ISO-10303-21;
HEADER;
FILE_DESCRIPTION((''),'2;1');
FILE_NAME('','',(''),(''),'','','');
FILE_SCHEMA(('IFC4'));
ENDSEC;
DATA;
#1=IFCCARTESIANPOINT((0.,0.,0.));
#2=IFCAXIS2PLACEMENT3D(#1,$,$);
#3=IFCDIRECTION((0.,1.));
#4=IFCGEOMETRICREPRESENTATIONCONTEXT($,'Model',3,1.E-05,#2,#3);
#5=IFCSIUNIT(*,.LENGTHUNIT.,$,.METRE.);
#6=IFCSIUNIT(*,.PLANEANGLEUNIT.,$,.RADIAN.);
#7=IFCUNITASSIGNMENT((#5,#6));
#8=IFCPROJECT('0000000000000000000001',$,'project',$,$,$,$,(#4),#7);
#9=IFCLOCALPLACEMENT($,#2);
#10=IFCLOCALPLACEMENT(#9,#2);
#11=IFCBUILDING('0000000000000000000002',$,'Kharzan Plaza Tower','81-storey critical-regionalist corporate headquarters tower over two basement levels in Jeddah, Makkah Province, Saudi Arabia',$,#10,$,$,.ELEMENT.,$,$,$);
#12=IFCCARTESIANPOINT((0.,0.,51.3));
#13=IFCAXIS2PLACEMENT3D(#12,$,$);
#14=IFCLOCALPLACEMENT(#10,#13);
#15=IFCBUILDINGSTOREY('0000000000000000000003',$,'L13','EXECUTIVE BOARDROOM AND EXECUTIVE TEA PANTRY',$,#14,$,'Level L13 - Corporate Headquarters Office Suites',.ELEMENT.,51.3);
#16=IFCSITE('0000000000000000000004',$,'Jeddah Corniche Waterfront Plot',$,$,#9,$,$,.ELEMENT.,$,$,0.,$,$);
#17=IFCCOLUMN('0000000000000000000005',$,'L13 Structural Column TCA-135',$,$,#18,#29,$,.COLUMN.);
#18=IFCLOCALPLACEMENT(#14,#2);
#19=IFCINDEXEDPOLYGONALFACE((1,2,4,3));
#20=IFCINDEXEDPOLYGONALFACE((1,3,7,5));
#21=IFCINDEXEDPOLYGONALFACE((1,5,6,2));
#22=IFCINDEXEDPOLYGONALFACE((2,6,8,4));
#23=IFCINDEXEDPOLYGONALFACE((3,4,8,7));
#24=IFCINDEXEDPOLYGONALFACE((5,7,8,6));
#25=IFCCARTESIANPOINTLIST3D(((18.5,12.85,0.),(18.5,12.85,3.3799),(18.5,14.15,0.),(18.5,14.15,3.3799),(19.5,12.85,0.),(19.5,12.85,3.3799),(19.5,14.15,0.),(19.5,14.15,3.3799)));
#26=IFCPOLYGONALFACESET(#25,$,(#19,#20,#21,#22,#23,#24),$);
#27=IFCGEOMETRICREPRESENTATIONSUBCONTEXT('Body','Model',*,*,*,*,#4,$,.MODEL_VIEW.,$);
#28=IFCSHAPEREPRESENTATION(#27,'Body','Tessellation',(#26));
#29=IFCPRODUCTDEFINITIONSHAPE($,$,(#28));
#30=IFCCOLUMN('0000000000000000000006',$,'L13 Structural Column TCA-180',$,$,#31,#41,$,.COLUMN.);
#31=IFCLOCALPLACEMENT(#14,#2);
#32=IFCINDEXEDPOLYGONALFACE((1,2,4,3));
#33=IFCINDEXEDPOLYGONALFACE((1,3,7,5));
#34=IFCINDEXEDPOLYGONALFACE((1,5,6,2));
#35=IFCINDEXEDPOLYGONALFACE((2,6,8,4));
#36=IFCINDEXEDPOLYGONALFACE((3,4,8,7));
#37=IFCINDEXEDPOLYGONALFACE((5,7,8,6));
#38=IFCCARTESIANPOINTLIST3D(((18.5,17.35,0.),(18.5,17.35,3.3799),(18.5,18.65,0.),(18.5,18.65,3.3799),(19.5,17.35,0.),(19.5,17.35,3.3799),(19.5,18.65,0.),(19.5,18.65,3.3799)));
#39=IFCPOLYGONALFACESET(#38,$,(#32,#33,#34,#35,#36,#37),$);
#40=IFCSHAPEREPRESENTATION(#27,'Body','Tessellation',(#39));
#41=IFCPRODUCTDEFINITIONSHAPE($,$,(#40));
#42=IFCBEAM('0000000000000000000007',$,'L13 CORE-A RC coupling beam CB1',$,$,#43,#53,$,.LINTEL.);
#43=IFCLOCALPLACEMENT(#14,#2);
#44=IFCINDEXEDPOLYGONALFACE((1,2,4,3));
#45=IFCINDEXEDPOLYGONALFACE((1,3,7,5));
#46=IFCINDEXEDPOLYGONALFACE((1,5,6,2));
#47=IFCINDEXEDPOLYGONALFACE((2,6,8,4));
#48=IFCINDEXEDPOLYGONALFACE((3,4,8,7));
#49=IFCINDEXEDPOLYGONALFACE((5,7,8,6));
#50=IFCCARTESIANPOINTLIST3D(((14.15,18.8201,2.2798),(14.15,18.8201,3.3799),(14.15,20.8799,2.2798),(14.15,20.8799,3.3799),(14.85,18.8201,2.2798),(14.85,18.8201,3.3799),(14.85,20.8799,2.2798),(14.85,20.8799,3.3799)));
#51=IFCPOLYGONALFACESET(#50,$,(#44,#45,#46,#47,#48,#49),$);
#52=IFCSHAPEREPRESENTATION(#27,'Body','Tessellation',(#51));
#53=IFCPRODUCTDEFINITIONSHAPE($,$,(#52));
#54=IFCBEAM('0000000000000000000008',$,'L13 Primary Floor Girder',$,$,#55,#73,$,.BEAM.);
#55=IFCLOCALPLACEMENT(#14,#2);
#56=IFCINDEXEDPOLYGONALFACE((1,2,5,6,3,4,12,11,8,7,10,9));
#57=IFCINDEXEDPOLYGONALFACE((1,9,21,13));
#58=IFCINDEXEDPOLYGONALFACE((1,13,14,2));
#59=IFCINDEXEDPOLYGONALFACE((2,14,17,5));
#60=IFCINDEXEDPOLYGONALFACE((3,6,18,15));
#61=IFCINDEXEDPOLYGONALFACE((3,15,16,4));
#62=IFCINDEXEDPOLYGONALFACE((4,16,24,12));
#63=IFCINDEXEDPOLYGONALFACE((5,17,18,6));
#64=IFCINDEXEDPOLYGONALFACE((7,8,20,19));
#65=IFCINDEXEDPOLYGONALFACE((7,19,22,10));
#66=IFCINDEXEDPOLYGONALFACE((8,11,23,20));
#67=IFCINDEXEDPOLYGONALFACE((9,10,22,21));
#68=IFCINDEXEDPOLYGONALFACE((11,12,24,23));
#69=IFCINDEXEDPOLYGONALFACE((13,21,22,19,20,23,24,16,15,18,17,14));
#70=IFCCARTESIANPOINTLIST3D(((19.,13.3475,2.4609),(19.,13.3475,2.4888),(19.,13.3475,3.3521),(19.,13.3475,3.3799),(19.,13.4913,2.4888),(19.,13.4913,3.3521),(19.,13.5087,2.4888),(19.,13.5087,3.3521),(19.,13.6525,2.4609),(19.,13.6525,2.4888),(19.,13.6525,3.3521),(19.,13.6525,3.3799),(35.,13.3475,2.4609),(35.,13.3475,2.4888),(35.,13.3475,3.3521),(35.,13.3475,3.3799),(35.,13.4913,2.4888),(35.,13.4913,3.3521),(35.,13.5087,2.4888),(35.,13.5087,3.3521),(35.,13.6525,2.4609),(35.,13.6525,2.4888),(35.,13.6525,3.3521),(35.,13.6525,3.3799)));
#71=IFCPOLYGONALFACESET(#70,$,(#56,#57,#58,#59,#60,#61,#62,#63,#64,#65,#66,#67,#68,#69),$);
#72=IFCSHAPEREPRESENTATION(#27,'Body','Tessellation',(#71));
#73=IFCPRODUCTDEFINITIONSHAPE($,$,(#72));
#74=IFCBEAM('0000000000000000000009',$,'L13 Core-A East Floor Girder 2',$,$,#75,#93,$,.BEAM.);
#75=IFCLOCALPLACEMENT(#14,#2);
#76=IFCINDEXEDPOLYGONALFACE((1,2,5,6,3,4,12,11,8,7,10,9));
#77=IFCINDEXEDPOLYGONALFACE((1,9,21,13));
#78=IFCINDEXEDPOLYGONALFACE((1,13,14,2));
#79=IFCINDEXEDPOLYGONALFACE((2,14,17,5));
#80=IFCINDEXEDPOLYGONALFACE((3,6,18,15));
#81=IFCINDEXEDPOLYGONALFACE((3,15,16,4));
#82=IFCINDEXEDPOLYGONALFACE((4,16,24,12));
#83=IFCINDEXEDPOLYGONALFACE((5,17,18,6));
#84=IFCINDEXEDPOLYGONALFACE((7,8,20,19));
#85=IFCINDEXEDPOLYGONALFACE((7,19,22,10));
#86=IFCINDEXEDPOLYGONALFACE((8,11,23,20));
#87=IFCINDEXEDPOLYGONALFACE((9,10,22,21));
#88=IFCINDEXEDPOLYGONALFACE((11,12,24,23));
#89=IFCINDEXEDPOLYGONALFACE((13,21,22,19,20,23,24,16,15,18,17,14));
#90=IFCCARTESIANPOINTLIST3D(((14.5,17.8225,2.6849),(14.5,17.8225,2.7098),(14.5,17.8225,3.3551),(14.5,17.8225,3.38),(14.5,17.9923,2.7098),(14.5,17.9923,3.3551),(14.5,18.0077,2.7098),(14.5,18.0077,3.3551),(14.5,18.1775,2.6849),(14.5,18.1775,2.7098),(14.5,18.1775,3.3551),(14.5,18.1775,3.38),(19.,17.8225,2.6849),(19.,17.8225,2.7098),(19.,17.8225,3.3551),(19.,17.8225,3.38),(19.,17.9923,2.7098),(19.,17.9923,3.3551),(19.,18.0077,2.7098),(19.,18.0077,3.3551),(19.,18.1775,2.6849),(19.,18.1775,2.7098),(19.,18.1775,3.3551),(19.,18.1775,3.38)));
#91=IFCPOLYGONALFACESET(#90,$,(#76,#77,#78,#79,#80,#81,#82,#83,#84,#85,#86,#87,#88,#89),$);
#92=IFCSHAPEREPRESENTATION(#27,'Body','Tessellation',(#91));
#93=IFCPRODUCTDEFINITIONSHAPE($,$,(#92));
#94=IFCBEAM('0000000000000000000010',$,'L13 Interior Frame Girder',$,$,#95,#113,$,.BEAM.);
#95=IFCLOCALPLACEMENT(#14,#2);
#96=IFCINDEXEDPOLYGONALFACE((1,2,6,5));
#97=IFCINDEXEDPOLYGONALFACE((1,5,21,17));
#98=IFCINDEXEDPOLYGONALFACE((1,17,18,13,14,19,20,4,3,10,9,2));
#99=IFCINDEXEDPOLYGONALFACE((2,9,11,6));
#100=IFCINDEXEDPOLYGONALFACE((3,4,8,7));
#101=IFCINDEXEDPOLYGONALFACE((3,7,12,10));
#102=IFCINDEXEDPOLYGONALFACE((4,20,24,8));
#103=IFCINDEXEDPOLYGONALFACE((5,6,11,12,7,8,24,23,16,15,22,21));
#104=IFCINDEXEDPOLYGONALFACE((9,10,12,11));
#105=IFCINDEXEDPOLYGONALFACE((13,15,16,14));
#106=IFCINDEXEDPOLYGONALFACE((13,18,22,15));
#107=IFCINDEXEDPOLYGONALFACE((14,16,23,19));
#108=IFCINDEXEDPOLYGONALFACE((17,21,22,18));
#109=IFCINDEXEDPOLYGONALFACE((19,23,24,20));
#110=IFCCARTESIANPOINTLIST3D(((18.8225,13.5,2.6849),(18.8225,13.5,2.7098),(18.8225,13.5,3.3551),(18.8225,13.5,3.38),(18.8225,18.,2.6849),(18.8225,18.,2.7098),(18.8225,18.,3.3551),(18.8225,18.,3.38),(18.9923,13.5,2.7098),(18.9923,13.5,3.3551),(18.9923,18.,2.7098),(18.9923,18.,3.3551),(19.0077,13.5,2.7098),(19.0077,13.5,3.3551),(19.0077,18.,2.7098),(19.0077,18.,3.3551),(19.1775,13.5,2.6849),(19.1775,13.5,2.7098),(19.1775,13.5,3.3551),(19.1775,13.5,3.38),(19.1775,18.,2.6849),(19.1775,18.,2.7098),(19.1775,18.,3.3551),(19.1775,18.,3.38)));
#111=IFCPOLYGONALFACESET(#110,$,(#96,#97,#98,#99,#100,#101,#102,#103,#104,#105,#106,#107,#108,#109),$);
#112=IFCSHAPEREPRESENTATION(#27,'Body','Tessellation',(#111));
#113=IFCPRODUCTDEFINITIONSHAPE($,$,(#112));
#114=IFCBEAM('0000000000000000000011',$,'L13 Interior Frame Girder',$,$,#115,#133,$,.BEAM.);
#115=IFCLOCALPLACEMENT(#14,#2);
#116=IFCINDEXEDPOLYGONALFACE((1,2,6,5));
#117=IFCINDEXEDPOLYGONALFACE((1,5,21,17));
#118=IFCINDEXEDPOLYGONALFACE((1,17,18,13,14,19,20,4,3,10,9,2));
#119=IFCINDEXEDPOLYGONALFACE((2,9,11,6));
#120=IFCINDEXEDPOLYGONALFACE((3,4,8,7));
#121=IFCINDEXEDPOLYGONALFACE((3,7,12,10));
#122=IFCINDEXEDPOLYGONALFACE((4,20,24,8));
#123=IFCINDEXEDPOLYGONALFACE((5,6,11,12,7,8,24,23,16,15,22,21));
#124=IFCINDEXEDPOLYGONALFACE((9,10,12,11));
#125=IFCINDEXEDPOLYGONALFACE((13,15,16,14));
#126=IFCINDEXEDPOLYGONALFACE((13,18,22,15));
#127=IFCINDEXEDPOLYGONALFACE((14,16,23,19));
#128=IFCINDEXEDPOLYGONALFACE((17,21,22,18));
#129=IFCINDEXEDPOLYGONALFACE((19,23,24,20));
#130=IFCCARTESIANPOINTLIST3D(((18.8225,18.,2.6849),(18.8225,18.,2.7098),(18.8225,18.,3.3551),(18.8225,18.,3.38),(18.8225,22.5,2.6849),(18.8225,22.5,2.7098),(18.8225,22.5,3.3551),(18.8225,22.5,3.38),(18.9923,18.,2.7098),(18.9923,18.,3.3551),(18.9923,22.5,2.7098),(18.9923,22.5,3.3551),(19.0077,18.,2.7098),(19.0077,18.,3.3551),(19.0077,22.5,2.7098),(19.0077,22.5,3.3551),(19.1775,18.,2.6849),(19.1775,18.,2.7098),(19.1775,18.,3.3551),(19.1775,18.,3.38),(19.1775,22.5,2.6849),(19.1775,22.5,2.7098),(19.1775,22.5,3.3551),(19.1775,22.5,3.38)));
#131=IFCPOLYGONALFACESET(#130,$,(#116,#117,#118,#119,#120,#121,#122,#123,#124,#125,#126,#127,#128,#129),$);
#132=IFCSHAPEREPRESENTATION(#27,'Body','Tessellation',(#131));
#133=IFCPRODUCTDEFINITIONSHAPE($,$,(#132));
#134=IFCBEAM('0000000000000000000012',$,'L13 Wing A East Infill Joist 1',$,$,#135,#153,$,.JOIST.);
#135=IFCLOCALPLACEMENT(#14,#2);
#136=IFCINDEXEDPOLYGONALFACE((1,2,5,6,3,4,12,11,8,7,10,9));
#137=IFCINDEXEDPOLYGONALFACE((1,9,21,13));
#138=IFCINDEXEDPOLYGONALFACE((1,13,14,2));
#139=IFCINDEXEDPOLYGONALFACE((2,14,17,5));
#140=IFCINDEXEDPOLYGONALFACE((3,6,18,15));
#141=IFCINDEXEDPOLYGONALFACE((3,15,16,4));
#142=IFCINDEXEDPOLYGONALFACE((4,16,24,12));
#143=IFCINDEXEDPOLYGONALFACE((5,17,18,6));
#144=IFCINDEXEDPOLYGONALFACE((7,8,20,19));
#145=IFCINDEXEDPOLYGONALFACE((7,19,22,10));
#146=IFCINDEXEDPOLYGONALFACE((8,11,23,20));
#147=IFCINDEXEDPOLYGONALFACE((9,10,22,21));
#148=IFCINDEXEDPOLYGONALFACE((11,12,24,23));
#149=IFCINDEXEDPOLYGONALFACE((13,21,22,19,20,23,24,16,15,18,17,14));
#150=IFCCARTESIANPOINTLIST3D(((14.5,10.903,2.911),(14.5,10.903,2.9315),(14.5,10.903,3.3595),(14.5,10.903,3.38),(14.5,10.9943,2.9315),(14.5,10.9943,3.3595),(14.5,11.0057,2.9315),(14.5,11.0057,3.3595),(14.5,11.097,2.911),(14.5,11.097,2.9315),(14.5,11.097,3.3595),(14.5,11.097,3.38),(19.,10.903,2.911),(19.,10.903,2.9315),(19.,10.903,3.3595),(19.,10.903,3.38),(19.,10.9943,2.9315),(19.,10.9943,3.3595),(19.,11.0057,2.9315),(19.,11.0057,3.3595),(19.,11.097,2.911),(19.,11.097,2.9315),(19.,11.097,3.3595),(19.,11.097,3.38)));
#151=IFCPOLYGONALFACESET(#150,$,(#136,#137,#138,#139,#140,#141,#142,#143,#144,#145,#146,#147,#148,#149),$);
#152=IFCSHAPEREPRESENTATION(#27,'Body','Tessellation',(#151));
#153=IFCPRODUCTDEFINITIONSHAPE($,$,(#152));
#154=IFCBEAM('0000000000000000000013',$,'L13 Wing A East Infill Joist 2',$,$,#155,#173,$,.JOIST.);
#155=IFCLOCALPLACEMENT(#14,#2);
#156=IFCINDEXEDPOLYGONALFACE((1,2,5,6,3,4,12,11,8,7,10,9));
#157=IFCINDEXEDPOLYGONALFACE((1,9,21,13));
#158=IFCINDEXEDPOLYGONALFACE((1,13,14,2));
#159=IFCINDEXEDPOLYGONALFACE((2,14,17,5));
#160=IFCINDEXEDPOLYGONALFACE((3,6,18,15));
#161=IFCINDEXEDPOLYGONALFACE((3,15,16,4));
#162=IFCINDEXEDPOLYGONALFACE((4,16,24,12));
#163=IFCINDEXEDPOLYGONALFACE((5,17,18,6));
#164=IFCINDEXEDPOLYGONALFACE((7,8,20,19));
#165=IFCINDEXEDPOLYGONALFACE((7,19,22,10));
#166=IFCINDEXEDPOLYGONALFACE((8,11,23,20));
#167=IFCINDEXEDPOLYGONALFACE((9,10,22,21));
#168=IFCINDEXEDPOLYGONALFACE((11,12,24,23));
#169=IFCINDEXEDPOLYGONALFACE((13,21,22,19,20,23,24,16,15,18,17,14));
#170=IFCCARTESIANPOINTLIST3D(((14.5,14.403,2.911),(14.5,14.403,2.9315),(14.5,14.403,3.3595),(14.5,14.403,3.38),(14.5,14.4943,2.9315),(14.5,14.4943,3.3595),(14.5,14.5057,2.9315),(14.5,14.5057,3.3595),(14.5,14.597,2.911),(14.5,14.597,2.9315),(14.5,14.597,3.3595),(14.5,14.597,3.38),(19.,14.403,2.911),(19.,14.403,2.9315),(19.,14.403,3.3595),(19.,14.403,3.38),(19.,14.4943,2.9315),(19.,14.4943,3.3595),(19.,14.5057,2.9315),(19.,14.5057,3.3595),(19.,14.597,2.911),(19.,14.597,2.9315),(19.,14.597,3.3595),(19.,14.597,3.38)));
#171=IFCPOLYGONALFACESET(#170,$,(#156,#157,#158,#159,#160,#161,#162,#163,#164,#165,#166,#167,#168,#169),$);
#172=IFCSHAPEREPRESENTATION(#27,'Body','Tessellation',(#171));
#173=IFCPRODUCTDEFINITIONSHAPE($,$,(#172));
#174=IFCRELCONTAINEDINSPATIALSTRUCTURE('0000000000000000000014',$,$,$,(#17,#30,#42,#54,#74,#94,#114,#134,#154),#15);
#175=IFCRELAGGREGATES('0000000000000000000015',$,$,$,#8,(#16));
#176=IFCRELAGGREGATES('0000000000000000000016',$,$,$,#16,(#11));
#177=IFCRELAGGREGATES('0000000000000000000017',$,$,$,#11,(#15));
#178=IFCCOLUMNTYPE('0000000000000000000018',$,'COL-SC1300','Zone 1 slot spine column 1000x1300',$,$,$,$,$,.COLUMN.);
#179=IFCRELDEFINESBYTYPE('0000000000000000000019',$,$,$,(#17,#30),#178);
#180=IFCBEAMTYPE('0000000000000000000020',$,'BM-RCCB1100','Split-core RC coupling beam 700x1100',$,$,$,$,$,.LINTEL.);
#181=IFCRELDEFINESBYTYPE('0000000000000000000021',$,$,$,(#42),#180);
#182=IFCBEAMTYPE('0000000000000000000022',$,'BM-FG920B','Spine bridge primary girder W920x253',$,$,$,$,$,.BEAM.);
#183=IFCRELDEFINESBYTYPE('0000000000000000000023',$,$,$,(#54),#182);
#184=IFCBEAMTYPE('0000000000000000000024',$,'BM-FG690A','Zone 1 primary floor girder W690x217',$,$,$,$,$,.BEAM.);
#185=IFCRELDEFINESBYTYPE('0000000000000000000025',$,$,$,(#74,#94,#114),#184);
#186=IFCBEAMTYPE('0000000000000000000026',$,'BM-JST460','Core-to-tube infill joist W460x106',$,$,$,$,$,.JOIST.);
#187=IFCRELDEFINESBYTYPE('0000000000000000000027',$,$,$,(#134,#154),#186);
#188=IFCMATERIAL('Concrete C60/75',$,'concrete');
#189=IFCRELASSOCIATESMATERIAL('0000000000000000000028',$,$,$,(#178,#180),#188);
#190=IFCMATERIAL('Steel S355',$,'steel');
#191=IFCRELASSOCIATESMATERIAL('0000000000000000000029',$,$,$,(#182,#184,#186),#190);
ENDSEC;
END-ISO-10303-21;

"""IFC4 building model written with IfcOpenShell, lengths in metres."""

from ifc_helpers import new_model, si_unit, direction, frame, origin, origin_2d, place, context, subcontext, project, spatial, rectangle, i_section, extrude, source, transform, mapped, material, material_profile, profile_set, type_object, element, save


model = new_model("IFC4")

# Units and contexts
model_context = context("Model", 3, precision=1e-05, world=origin(), true_north=direction((0.0, 1.0)))
body_context = subcontext(model_context, "Body", "Model", "MODEL_VIEW")
ifc_project = project(units=[si_unit("LENGTHUNIT", "METRE"), si_unit("PLANEANGLEUNIT", "RADIAN")], contexts=[model_context])

# Site, building, storey
site_placement = place(None, origin())
site = spatial("IfcSite", under=ifc_project, at=site_placement, Name="Jeddah Corniche Waterfront Plot", CompositionType="ELEMENT", RefElevation=0.0)
building_placement = place(site_placement, origin())
building = spatial("IfcBuilding", under=site, at=building_placement, Name="Kharzan Plaza Tower", Description="81-storey critical-regionalist corporate headquarters tower over two basement levels in Jeddah, Makkah Province, Saudi Arabia", CompositionType="ELEMENT")
storey_placement = place(building_placement, frame((0.0, 0.0, 51.3)))
storey = spatial("IfcBuildingStorey", under=building, at=storey_placement, Name="L13", Description="EXECUTIVE BOARDROOM AND EXECUTIVE TEA PANTRY", LongName="Level L13 - Corporate Headquarters Office Suites", CompositionType="ELEMENT", Elevation=51.3)

# Columns
ifc_material_1 = material(Name="Concrete C60/75", Category="concrete")
ifc_material_profile_1 = material_profile(ifc_material_1, rectangle(XDim=1.0, YDim=1.3, at=origin_2d()), Name="RC-SC1300x1000")
ifc_profile_set_1 = profile_set([ifc_material_profile_1], Name="Concrete C60/75")
column_type = type_object("IfcColumnType", Name="COL-SC1300", Description="Zone 1 slot spine column 1000x1300", PredefinedType="COLUMN", material=ifc_profile_set_1)
shared_shape_1 = source(origin(), body_context, "Body", "SweptSolid", [
    extrude(rectangle(XDim=1.0, YDim=1.3, at=origin_2d()), origin(), (0.0, 0.0, 1.0), 3.3799),
])
for number, where, z_axis, x_axis, name in (
    (1, (19.0, 13.5, 0.0), (0.0, 0.0, 1.0), (1.0, 0.0, 0.0), "L13 Structural Column TCA-135"),
    (2, (19.0, 18.0, 0.0), (0.0, 0.0, 1.0), (1.0, 0.0, 0.0), "L13 Structural Column TCA-180"),
):
    element("IfcColumn", number, at=place(storey_placement, frame(where, z_axis=z_axis, x_axis=x_axis)), inside=storey, type_object=column_type, Name=name, PredefinedType="COLUMN", context=body_context, shape_type="MappedRepresentation", body=[
        mapped(shared_shape_1, transform((0.0, 0.0, 0.0), x_axis=(1.0, 0.0, 0.0), y_axis=(0.0, 1.0, 0.0), z_axis=(0.0, 0.0, 1.0))),
    ])

# Beams
ifc_material_profile_2 = material_profile(ifc_material_1, rectangle(XDim=0.7, YDim=1.1001, at=origin_2d()), Name="RC-CB1100x700")
ifc_profile_set_2 = profile_set([ifc_material_profile_2], Name="Concrete C60/75")
beam_type_1 = type_object("IfcBeamType", Name="BM-RCCB1100", Description="Split-core RC coupling beam 700x1100", PredefinedType="LINTEL", material=ifc_profile_set_2)
shared_shape_2 = source(origin(), body_context, "Body", "SweptSolid", [
    extrude(rectangle(XDim=0.7, YDim=1.1001, at=origin_2d()), origin(), (0.0, 0.0, 1.0), 2.0598),
])
beam_1_placement = place(storey_placement, frame((14.5, 18.8201, 2.8298), z_axis=(0.0, 1.0, 0.0), x_axis=(-1.0, 0.0, 0.0)))
element("IfcBeam", 3, at=beam_1_placement, inside=storey, type_object=beam_type_1, Name="L13 CORE-A RC coupling beam CB1", PredefinedType="LINTEL", context=body_context, shape_type="MappedRepresentation", body=[
    mapped(shared_shape_2, transform((0.0, 0.0, 0.0), x_axis=(1.0, 0.0, 0.0), y_axis=(0.0, 1.0, 0.0), z_axis=(0.0, 0.0, 1.0))),
])
ifc_material_2 = material(Name="Steel S355", Category="steel")
ifc_material_profile_3 = material_profile(ifc_material_2, i_section(OverallWidth=0.3049, OverallDepth=0.9189, WebThickness=0.0173, FlangeThickness=0.0278, at=origin_2d()), Name="W920x253")
ifc_profile_set_3 = profile_set([ifc_material_profile_3], Name="Steel S355")
beam_type_2 = type_object("IfcBeamType", Name="BM-FG920B", Description="Spine bridge primary girder W920x253", PredefinedType="BEAM", material=ifc_profile_set_3)
shared_shape_3 = source(origin(), body_context, "Body", "SweptSolid", [
    extrude(i_section(OverallWidth=0.3049, OverallDepth=0.9189, WebThickness=0.0173, FlangeThickness=0.0278, at=origin_2d()), origin(), (0.0, 0.0, 1.0), 16.0),
])
beam_2_placement = place(storey_placement, frame((19.0, 13.5, 2.9204), z_axis=(1.0, 0.0, 0.0), x_axis=(0.0, 1.0, 0.0)))
element("IfcBeam", 4, at=beam_2_placement, inside=storey, type_object=beam_type_2, Name="L13 Primary Floor Girder", PredefinedType="BEAM", context=body_context, shape_type="MappedRepresentation", body=[
    mapped(shared_shape_3, transform((0.0, 0.0, 0.0), x_axis=(1.0, 0.0, 0.0), y_axis=(0.0, 1.0, 0.0), z_axis=(0.0, 0.0, 1.0))),
])
ifc_material_profile_4 = material_profile(ifc_material_2, i_section(OverallWidth=0.355, OverallDepth=0.6951, WebThickness=0.0154, FlangeThickness=0.0249, at=origin_2d()), Name="W690x217")
ifc_profile_set_4 = profile_set([ifc_material_profile_4], Name="Steel S355")
beam_type_3 = type_object("IfcBeamType", Name="BM-FG690A", Description="Zone 1 primary floor girder W690x217", PredefinedType="BEAM", material=ifc_profile_set_4)
shared_shape_4 = source(origin(), body_context, "Body", "SweptSolid", [
    extrude(i_section(OverallWidth=0.355, OverallDepth=0.6951, WebThickness=0.0154, FlangeThickness=0.0249, at=origin_2d()), origin(), (0.0, 0.0, 1.0), 4.5),
])
for number, where, z_axis, x_axis, name in (
    (5, (14.5, 18.0, 3.0325), (1.0, 0.0, 0.0), (0.0, 1.0, 0.0), "L13 Core-A East Floor Girder 2"),
    (6, (19.0, 13.5, 3.0325), (0.0, 1.0, 0.0), (-1.0, 0.0, 0.0), "L13 Interior Frame Girder"),
    (7, (19.0, 18.0, 3.0325), (0.0, 1.0, 0.0), (-1.0, 0.0, 0.0), "L13 Interior Frame Girder"),
):
    element("IfcBeam", number, at=place(storey_placement, frame(where, z_axis=z_axis, x_axis=x_axis)), inside=storey, type_object=beam_type_3, Name=name, PredefinedType="BEAM", context=body_context, shape_type="MappedRepresentation", body=[
        mapped(shared_shape_4, transform((0.0, 0.0, 0.0), x_axis=(1.0, 0.0, 0.0), y_axis=(0.0, 1.0, 0.0), z_axis=(0.0, 0.0, 1.0))),
    ])
ifc_material_profile_5 = material_profile(ifc_material_2, i_section(OverallWidth=0.1941, OverallDepth=0.469, WebThickness=0.0115, FlangeThickness=0.0205, at=origin_2d()), Name="W460x106")
ifc_profile_set_5 = profile_set([ifc_material_profile_5], Name="Steel S355")
beam_type_4 = type_object("IfcBeamType", Name="BM-JST460", Description="Core-to-tube infill joist W460x106", PredefinedType="JOIST", material=ifc_profile_set_5)
shared_shape_5 = source(origin(), body_context, "Body", "SweptSolid", [
    extrude(i_section(OverallWidth=0.1941, OverallDepth=0.469, WebThickness=0.0115, FlangeThickness=0.0205, at=origin_2d()), origin(), (0.0, 0.0, 1.0), 4.5),
])
for number, where, z_axis, x_axis, name in (
    (8, (14.5, 11.0, 3.1455), (1.0, 0.0, 0.0), (0.0, 1.0, 0.0), "L13 Wing A East Infill Joist 1"),
    (9, (14.5, 14.5, 3.1455), (1.0, 0.0, 0.0), (0.0, 1.0, 0.0), "L13 Wing A East Infill Joist 2"),
):
    element("IfcBeam", number, at=place(storey_placement, frame(where, z_axis=z_axis, x_axis=x_axis)), inside=storey, type_object=beam_type_4, Name=name, PredefinedType="JOIST", context=body_context, shape_type="MappedRepresentation", body=[
        mapped(shared_shape_5, transform((0.0, 0.0, 0.0), x_axis=(1.0, 0.0, 0.0), y_axis=(0.0, 1.0, 0.0), z_axis=(0.0, 0.0, 1.0))),
    ])

save(model, "model.ifc")
